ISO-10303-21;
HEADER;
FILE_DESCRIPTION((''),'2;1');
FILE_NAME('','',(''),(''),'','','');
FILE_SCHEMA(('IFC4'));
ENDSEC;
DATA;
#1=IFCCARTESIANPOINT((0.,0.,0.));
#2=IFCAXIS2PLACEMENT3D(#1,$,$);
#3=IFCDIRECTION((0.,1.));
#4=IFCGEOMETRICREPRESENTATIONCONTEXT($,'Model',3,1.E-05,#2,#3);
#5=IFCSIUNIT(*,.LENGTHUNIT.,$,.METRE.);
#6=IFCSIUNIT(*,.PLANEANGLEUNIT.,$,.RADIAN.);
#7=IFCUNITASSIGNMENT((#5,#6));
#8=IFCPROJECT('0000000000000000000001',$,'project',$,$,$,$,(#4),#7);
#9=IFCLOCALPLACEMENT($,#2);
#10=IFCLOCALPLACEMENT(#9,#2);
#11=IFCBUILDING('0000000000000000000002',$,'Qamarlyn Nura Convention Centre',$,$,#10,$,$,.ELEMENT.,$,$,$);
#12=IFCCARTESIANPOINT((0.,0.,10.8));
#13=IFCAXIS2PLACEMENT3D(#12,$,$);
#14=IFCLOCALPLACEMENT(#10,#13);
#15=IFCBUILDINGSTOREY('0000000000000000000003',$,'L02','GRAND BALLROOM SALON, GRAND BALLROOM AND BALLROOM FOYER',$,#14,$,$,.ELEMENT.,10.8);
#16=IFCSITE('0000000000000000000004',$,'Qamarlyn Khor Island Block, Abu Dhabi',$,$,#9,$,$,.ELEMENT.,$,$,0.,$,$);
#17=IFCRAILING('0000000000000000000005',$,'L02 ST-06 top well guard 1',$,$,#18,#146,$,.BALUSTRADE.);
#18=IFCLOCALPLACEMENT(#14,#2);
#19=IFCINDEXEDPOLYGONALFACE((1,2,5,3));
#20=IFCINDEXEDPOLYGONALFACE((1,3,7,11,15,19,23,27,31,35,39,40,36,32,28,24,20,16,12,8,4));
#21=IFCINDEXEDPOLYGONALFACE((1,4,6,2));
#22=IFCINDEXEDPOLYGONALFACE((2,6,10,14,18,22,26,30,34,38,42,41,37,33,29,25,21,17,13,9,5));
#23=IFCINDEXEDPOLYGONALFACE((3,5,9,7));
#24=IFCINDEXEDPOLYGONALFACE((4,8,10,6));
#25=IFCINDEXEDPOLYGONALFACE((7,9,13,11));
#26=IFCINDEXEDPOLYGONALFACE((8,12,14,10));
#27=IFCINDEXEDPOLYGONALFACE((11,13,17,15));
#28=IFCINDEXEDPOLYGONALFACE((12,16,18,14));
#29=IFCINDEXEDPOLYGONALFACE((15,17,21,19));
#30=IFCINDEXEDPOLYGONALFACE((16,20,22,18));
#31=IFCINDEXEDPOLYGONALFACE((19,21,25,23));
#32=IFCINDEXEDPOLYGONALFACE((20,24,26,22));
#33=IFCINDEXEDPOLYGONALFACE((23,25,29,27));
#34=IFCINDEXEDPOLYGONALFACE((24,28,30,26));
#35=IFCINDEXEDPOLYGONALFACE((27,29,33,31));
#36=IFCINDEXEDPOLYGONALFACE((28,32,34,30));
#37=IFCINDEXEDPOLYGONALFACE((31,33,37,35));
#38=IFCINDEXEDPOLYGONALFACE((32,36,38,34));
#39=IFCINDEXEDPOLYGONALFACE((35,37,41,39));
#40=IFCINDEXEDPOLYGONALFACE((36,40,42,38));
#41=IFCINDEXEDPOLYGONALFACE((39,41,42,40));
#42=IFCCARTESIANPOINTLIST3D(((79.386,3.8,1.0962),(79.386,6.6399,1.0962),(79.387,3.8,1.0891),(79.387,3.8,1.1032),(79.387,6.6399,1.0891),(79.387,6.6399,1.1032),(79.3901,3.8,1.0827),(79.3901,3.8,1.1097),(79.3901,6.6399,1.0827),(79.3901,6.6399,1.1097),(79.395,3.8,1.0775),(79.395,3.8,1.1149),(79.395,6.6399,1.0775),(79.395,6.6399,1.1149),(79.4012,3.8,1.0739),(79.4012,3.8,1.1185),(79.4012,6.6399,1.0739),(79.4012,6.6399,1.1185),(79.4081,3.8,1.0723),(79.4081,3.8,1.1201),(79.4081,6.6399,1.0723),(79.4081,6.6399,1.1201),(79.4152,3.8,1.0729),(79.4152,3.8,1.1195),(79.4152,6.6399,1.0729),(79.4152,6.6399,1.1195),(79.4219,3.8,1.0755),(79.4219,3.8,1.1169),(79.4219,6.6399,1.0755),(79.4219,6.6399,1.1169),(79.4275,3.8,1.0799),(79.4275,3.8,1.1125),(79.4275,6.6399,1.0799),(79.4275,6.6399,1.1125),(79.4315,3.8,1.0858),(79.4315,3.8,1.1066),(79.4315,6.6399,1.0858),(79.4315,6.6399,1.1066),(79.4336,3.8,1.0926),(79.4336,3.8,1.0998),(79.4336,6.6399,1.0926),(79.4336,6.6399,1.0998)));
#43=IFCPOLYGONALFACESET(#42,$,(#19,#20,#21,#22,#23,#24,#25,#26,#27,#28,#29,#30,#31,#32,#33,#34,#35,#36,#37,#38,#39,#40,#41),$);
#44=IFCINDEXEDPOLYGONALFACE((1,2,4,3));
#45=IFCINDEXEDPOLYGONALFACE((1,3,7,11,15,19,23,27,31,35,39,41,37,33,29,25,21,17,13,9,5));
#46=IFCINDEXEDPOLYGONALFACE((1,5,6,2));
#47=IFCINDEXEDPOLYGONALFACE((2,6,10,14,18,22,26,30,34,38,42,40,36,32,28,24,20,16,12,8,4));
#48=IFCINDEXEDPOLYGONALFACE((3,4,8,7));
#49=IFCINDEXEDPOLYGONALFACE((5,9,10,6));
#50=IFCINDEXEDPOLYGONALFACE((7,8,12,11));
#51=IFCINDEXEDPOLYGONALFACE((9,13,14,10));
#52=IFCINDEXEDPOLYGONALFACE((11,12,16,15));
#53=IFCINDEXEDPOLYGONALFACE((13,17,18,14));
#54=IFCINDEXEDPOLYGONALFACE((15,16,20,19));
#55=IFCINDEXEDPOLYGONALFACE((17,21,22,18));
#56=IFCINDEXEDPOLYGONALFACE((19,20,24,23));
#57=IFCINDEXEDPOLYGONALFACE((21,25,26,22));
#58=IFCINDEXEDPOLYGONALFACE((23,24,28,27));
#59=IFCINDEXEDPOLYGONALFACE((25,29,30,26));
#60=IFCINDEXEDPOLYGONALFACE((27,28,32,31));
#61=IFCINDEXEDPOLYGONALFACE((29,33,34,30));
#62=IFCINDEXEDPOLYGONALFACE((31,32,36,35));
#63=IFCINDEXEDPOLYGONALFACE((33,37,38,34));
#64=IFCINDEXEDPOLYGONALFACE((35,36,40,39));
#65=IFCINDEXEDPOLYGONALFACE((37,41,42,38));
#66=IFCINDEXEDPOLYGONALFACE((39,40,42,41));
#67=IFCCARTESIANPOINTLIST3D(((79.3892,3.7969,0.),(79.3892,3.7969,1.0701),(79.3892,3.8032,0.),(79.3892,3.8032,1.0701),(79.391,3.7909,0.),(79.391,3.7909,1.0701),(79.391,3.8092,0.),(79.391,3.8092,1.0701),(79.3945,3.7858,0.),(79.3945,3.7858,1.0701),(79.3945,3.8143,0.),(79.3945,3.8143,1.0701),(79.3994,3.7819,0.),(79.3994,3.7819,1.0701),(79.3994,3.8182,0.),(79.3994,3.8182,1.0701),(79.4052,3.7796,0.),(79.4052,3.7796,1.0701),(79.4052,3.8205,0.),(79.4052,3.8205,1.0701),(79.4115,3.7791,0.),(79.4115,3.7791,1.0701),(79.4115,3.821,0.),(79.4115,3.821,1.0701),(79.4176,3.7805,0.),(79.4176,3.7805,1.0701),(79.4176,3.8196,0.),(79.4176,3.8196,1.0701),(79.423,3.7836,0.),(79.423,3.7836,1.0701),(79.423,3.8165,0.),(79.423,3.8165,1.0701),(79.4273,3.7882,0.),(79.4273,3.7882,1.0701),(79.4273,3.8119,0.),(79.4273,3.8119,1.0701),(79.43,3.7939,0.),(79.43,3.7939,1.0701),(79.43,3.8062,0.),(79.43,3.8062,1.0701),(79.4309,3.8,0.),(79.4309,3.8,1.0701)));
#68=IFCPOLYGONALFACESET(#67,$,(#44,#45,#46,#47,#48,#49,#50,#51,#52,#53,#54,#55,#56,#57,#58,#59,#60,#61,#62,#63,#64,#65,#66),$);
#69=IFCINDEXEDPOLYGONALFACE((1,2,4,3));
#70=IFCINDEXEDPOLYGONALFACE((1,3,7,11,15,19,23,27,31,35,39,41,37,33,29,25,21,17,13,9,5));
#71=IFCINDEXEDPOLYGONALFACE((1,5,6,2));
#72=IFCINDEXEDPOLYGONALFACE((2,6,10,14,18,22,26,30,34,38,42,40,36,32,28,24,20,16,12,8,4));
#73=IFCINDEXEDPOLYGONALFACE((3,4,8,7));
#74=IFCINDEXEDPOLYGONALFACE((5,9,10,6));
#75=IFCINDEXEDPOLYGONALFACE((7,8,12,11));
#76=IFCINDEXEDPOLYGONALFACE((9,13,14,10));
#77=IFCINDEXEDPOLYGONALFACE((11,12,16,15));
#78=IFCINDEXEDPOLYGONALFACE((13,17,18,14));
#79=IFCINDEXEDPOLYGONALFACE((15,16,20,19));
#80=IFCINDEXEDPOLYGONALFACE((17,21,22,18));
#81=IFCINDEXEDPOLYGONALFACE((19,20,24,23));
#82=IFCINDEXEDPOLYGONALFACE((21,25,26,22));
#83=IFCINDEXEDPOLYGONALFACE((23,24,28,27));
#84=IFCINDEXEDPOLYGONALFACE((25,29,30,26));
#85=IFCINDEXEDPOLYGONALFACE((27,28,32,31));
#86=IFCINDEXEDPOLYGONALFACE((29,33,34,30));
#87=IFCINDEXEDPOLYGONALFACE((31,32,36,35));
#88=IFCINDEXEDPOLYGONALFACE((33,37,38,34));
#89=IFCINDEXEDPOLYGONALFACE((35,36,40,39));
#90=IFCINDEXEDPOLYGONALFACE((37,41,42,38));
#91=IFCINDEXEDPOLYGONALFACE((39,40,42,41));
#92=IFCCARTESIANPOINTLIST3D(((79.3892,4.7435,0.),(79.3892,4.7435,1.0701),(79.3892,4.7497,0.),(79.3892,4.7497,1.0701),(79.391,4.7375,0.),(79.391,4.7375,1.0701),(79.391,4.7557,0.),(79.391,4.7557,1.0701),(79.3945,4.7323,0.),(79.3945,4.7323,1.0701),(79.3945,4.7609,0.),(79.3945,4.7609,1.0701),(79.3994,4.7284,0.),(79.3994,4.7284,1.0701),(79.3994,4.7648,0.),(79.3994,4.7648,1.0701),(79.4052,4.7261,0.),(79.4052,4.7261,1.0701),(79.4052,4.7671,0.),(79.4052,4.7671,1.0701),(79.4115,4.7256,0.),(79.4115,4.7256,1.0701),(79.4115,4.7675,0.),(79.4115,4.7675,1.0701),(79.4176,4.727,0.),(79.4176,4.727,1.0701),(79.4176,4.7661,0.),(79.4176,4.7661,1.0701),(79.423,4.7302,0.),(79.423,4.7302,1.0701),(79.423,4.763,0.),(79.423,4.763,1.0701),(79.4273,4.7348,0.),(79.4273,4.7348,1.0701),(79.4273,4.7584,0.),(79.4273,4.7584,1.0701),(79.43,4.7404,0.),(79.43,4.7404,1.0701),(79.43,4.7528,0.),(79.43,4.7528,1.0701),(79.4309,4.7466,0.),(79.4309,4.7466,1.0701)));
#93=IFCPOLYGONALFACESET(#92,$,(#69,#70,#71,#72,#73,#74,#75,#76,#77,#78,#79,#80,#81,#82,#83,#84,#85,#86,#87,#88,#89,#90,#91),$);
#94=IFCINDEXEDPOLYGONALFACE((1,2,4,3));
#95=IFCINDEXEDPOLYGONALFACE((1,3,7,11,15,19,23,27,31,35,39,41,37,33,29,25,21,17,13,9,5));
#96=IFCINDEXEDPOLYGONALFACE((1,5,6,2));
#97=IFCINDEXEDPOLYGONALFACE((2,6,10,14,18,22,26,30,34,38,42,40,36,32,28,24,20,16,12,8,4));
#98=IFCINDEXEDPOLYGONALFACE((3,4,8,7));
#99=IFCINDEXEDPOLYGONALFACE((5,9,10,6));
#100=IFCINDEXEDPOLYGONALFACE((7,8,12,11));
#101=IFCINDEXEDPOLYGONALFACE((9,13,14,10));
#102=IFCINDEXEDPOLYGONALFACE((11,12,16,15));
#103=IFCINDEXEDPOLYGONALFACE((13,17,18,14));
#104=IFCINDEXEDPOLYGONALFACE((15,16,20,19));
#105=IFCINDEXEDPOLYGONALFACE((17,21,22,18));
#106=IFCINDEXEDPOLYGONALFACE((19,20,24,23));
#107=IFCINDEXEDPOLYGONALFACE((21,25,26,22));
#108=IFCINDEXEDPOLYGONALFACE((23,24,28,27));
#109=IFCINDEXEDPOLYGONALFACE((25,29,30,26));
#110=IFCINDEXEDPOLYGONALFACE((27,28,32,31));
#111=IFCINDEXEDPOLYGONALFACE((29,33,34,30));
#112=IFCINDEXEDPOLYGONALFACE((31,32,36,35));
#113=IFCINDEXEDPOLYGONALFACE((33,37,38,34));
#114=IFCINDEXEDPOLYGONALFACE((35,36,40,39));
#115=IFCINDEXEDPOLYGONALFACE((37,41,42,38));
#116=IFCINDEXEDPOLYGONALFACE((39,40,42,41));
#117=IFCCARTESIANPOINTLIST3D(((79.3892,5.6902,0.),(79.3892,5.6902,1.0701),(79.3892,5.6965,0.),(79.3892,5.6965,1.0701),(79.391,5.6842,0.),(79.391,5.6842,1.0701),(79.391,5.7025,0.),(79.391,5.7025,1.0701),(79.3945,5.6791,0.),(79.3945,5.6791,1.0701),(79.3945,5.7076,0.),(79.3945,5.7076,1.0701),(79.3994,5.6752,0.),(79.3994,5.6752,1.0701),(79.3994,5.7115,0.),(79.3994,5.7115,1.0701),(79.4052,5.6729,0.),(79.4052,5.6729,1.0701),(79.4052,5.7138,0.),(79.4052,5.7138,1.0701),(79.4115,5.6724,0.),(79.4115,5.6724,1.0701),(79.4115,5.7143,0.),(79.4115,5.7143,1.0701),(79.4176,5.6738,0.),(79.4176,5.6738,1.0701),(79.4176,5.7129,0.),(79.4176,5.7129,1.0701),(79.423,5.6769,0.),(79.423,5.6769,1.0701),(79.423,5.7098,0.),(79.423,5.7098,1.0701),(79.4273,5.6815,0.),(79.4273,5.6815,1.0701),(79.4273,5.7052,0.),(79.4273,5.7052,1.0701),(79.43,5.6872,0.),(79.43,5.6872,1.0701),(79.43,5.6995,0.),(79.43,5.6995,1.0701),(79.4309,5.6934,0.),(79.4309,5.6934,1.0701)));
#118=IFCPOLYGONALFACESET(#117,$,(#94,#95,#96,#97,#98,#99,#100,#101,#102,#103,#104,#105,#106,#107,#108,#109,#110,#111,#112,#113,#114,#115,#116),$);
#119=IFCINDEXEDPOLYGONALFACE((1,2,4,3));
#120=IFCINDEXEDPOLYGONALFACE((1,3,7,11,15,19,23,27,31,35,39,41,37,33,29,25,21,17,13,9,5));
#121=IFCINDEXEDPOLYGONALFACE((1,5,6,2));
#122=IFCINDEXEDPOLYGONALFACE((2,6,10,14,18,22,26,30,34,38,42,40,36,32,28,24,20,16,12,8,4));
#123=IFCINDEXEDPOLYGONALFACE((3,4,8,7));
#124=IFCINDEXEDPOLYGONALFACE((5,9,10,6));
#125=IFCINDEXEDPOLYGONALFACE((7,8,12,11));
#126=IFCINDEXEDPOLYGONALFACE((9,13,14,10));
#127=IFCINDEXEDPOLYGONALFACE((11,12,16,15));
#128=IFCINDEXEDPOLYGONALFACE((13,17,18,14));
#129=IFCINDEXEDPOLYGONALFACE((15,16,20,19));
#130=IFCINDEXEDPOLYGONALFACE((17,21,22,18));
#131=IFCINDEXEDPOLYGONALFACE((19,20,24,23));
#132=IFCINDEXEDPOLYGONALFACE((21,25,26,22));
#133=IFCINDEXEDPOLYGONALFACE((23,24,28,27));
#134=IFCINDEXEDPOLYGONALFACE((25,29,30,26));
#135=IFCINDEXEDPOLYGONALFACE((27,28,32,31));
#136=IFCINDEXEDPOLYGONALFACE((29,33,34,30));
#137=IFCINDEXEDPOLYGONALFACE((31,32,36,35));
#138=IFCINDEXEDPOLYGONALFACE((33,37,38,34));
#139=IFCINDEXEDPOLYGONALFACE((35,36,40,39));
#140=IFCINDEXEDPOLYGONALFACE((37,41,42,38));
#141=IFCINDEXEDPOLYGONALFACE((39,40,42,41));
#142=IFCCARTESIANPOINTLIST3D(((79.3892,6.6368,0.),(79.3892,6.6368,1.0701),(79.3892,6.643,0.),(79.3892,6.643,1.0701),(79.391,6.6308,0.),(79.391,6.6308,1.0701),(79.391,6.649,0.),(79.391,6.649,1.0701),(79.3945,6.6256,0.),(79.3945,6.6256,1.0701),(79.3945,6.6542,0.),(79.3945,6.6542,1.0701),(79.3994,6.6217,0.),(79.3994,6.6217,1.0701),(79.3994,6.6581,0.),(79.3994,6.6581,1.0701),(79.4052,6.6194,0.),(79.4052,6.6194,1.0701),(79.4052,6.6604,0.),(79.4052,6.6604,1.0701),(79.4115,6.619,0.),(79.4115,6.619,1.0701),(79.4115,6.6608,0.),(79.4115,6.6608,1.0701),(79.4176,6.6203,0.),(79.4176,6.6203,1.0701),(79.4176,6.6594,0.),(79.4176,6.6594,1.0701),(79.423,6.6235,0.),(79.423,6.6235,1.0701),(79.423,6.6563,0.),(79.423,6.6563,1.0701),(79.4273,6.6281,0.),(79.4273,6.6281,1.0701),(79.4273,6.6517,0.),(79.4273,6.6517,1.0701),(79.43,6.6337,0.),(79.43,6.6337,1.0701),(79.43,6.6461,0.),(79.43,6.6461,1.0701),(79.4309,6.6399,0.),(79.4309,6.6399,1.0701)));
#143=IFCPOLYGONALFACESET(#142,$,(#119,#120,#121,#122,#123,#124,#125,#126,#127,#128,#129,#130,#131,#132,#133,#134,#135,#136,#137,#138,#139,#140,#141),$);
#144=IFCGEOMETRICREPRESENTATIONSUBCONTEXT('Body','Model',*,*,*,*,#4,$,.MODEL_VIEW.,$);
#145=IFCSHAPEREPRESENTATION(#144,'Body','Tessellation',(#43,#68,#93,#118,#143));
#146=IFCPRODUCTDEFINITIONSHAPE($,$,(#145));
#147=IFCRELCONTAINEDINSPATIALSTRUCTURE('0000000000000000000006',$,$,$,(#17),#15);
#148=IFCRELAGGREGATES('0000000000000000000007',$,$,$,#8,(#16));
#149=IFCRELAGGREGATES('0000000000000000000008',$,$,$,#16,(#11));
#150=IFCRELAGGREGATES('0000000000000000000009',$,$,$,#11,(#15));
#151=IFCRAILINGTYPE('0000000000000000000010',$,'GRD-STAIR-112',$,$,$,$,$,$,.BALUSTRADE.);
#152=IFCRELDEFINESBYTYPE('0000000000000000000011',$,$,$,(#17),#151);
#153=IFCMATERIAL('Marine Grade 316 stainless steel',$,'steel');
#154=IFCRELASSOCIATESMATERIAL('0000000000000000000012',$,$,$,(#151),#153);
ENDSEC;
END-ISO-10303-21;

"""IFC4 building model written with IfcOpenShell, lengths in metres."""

from ifc_helpers import new_model, si_unit, direction, frame, origin, origin_2d, place, context, subcontext, project, spatial, circle, extrude, material, type_object, element, save


model = new_model("IFC4")

# Units and contexts
model_context = context("Model", 3, precision=1e-05, world=origin(), true_north=direction((0.0, 1.0)))
body_context = subcontext(model_context, "Body", "Model", "MODEL_VIEW")
ifc_project = project(units=[si_unit("LENGTHUNIT", "METRE"), si_unit("PLANEANGLEUNIT", "RADIAN")], contexts=[model_context])

# Site, building, storey
site_placement = place(None, origin())
site = spatial("IfcSite", under=ifc_project, at=site_placement, Name="Qamarlyn Khor Island Block, Abu Dhabi", CompositionType="ELEMENT", RefElevation=0.0)
building_placement = place(site_placement, origin())
building = spatial("IfcBuilding", under=site, at=building_placement, Name="Qamarlyn Nura Convention Centre", CompositionType="ELEMENT")
storey_placement = place(building_placement, frame((0.0, 0.0, 10.8)))
storey = spatial("IfcBuildingStorey", under=building, at=storey_placement, Name="L02", Description="GRAND BALLROOM SALON, GRAND BALLROOM AND BALLROOM FOYER", CompositionType="ELEMENT", Elevation=10.8)

# Shared definitions
ifc_material_1 = material(Name="Marine Grade 316 stainless steel", Category="steel")

# Railing
railing_type = type_object("IfcRailingType", Name="GRD-STAIR-112", PredefinedType="BALUSTRADE", material=ifc_material_1)
railing_placement = place(storey_placement, frame((79.4099, 3.8, 0.0)))
element("IfcRailing", 1, at=railing_placement, inside=storey, type_object=railing_type, Name="L02 ST-06 top well guard 1", PredefinedType="BALUSTRADE", context=body_context, shape_type="SweptSolid", body=[
    extrude(circle(Radius=0.0239, at=origin_2d()), frame((0.0, 0.0, 1.0962), z_axis=(0.0, 1.0, 0.0), x_axis=(-1.0, 0.0, 0.0)), (0.0, 0.0, 1.0), 2.8398),
    extrude(circle(Radius=0.021, at=origin_2d()), origin(), (0.0, 0.0, 1.0), 1.0701),
    extrude(circle(Radius=0.021, at=origin_2d()), frame((0.0, 0.9465, 0.0)), (0.0, 0.0, 1.0), 1.0701),
    extrude(circle(Radius=0.021, at=origin_2d()), frame((0.0, 1.8933, 0.0)), (0.0, 0.0, 1.0), 1.0701),
    extrude(circle(Radius=0.021, at=origin_2d()), frame((0.0, 2.8398, 0.0)), (0.0, 0.0, 1.0), 1.0701),
])

save(model, "model.ifc")
